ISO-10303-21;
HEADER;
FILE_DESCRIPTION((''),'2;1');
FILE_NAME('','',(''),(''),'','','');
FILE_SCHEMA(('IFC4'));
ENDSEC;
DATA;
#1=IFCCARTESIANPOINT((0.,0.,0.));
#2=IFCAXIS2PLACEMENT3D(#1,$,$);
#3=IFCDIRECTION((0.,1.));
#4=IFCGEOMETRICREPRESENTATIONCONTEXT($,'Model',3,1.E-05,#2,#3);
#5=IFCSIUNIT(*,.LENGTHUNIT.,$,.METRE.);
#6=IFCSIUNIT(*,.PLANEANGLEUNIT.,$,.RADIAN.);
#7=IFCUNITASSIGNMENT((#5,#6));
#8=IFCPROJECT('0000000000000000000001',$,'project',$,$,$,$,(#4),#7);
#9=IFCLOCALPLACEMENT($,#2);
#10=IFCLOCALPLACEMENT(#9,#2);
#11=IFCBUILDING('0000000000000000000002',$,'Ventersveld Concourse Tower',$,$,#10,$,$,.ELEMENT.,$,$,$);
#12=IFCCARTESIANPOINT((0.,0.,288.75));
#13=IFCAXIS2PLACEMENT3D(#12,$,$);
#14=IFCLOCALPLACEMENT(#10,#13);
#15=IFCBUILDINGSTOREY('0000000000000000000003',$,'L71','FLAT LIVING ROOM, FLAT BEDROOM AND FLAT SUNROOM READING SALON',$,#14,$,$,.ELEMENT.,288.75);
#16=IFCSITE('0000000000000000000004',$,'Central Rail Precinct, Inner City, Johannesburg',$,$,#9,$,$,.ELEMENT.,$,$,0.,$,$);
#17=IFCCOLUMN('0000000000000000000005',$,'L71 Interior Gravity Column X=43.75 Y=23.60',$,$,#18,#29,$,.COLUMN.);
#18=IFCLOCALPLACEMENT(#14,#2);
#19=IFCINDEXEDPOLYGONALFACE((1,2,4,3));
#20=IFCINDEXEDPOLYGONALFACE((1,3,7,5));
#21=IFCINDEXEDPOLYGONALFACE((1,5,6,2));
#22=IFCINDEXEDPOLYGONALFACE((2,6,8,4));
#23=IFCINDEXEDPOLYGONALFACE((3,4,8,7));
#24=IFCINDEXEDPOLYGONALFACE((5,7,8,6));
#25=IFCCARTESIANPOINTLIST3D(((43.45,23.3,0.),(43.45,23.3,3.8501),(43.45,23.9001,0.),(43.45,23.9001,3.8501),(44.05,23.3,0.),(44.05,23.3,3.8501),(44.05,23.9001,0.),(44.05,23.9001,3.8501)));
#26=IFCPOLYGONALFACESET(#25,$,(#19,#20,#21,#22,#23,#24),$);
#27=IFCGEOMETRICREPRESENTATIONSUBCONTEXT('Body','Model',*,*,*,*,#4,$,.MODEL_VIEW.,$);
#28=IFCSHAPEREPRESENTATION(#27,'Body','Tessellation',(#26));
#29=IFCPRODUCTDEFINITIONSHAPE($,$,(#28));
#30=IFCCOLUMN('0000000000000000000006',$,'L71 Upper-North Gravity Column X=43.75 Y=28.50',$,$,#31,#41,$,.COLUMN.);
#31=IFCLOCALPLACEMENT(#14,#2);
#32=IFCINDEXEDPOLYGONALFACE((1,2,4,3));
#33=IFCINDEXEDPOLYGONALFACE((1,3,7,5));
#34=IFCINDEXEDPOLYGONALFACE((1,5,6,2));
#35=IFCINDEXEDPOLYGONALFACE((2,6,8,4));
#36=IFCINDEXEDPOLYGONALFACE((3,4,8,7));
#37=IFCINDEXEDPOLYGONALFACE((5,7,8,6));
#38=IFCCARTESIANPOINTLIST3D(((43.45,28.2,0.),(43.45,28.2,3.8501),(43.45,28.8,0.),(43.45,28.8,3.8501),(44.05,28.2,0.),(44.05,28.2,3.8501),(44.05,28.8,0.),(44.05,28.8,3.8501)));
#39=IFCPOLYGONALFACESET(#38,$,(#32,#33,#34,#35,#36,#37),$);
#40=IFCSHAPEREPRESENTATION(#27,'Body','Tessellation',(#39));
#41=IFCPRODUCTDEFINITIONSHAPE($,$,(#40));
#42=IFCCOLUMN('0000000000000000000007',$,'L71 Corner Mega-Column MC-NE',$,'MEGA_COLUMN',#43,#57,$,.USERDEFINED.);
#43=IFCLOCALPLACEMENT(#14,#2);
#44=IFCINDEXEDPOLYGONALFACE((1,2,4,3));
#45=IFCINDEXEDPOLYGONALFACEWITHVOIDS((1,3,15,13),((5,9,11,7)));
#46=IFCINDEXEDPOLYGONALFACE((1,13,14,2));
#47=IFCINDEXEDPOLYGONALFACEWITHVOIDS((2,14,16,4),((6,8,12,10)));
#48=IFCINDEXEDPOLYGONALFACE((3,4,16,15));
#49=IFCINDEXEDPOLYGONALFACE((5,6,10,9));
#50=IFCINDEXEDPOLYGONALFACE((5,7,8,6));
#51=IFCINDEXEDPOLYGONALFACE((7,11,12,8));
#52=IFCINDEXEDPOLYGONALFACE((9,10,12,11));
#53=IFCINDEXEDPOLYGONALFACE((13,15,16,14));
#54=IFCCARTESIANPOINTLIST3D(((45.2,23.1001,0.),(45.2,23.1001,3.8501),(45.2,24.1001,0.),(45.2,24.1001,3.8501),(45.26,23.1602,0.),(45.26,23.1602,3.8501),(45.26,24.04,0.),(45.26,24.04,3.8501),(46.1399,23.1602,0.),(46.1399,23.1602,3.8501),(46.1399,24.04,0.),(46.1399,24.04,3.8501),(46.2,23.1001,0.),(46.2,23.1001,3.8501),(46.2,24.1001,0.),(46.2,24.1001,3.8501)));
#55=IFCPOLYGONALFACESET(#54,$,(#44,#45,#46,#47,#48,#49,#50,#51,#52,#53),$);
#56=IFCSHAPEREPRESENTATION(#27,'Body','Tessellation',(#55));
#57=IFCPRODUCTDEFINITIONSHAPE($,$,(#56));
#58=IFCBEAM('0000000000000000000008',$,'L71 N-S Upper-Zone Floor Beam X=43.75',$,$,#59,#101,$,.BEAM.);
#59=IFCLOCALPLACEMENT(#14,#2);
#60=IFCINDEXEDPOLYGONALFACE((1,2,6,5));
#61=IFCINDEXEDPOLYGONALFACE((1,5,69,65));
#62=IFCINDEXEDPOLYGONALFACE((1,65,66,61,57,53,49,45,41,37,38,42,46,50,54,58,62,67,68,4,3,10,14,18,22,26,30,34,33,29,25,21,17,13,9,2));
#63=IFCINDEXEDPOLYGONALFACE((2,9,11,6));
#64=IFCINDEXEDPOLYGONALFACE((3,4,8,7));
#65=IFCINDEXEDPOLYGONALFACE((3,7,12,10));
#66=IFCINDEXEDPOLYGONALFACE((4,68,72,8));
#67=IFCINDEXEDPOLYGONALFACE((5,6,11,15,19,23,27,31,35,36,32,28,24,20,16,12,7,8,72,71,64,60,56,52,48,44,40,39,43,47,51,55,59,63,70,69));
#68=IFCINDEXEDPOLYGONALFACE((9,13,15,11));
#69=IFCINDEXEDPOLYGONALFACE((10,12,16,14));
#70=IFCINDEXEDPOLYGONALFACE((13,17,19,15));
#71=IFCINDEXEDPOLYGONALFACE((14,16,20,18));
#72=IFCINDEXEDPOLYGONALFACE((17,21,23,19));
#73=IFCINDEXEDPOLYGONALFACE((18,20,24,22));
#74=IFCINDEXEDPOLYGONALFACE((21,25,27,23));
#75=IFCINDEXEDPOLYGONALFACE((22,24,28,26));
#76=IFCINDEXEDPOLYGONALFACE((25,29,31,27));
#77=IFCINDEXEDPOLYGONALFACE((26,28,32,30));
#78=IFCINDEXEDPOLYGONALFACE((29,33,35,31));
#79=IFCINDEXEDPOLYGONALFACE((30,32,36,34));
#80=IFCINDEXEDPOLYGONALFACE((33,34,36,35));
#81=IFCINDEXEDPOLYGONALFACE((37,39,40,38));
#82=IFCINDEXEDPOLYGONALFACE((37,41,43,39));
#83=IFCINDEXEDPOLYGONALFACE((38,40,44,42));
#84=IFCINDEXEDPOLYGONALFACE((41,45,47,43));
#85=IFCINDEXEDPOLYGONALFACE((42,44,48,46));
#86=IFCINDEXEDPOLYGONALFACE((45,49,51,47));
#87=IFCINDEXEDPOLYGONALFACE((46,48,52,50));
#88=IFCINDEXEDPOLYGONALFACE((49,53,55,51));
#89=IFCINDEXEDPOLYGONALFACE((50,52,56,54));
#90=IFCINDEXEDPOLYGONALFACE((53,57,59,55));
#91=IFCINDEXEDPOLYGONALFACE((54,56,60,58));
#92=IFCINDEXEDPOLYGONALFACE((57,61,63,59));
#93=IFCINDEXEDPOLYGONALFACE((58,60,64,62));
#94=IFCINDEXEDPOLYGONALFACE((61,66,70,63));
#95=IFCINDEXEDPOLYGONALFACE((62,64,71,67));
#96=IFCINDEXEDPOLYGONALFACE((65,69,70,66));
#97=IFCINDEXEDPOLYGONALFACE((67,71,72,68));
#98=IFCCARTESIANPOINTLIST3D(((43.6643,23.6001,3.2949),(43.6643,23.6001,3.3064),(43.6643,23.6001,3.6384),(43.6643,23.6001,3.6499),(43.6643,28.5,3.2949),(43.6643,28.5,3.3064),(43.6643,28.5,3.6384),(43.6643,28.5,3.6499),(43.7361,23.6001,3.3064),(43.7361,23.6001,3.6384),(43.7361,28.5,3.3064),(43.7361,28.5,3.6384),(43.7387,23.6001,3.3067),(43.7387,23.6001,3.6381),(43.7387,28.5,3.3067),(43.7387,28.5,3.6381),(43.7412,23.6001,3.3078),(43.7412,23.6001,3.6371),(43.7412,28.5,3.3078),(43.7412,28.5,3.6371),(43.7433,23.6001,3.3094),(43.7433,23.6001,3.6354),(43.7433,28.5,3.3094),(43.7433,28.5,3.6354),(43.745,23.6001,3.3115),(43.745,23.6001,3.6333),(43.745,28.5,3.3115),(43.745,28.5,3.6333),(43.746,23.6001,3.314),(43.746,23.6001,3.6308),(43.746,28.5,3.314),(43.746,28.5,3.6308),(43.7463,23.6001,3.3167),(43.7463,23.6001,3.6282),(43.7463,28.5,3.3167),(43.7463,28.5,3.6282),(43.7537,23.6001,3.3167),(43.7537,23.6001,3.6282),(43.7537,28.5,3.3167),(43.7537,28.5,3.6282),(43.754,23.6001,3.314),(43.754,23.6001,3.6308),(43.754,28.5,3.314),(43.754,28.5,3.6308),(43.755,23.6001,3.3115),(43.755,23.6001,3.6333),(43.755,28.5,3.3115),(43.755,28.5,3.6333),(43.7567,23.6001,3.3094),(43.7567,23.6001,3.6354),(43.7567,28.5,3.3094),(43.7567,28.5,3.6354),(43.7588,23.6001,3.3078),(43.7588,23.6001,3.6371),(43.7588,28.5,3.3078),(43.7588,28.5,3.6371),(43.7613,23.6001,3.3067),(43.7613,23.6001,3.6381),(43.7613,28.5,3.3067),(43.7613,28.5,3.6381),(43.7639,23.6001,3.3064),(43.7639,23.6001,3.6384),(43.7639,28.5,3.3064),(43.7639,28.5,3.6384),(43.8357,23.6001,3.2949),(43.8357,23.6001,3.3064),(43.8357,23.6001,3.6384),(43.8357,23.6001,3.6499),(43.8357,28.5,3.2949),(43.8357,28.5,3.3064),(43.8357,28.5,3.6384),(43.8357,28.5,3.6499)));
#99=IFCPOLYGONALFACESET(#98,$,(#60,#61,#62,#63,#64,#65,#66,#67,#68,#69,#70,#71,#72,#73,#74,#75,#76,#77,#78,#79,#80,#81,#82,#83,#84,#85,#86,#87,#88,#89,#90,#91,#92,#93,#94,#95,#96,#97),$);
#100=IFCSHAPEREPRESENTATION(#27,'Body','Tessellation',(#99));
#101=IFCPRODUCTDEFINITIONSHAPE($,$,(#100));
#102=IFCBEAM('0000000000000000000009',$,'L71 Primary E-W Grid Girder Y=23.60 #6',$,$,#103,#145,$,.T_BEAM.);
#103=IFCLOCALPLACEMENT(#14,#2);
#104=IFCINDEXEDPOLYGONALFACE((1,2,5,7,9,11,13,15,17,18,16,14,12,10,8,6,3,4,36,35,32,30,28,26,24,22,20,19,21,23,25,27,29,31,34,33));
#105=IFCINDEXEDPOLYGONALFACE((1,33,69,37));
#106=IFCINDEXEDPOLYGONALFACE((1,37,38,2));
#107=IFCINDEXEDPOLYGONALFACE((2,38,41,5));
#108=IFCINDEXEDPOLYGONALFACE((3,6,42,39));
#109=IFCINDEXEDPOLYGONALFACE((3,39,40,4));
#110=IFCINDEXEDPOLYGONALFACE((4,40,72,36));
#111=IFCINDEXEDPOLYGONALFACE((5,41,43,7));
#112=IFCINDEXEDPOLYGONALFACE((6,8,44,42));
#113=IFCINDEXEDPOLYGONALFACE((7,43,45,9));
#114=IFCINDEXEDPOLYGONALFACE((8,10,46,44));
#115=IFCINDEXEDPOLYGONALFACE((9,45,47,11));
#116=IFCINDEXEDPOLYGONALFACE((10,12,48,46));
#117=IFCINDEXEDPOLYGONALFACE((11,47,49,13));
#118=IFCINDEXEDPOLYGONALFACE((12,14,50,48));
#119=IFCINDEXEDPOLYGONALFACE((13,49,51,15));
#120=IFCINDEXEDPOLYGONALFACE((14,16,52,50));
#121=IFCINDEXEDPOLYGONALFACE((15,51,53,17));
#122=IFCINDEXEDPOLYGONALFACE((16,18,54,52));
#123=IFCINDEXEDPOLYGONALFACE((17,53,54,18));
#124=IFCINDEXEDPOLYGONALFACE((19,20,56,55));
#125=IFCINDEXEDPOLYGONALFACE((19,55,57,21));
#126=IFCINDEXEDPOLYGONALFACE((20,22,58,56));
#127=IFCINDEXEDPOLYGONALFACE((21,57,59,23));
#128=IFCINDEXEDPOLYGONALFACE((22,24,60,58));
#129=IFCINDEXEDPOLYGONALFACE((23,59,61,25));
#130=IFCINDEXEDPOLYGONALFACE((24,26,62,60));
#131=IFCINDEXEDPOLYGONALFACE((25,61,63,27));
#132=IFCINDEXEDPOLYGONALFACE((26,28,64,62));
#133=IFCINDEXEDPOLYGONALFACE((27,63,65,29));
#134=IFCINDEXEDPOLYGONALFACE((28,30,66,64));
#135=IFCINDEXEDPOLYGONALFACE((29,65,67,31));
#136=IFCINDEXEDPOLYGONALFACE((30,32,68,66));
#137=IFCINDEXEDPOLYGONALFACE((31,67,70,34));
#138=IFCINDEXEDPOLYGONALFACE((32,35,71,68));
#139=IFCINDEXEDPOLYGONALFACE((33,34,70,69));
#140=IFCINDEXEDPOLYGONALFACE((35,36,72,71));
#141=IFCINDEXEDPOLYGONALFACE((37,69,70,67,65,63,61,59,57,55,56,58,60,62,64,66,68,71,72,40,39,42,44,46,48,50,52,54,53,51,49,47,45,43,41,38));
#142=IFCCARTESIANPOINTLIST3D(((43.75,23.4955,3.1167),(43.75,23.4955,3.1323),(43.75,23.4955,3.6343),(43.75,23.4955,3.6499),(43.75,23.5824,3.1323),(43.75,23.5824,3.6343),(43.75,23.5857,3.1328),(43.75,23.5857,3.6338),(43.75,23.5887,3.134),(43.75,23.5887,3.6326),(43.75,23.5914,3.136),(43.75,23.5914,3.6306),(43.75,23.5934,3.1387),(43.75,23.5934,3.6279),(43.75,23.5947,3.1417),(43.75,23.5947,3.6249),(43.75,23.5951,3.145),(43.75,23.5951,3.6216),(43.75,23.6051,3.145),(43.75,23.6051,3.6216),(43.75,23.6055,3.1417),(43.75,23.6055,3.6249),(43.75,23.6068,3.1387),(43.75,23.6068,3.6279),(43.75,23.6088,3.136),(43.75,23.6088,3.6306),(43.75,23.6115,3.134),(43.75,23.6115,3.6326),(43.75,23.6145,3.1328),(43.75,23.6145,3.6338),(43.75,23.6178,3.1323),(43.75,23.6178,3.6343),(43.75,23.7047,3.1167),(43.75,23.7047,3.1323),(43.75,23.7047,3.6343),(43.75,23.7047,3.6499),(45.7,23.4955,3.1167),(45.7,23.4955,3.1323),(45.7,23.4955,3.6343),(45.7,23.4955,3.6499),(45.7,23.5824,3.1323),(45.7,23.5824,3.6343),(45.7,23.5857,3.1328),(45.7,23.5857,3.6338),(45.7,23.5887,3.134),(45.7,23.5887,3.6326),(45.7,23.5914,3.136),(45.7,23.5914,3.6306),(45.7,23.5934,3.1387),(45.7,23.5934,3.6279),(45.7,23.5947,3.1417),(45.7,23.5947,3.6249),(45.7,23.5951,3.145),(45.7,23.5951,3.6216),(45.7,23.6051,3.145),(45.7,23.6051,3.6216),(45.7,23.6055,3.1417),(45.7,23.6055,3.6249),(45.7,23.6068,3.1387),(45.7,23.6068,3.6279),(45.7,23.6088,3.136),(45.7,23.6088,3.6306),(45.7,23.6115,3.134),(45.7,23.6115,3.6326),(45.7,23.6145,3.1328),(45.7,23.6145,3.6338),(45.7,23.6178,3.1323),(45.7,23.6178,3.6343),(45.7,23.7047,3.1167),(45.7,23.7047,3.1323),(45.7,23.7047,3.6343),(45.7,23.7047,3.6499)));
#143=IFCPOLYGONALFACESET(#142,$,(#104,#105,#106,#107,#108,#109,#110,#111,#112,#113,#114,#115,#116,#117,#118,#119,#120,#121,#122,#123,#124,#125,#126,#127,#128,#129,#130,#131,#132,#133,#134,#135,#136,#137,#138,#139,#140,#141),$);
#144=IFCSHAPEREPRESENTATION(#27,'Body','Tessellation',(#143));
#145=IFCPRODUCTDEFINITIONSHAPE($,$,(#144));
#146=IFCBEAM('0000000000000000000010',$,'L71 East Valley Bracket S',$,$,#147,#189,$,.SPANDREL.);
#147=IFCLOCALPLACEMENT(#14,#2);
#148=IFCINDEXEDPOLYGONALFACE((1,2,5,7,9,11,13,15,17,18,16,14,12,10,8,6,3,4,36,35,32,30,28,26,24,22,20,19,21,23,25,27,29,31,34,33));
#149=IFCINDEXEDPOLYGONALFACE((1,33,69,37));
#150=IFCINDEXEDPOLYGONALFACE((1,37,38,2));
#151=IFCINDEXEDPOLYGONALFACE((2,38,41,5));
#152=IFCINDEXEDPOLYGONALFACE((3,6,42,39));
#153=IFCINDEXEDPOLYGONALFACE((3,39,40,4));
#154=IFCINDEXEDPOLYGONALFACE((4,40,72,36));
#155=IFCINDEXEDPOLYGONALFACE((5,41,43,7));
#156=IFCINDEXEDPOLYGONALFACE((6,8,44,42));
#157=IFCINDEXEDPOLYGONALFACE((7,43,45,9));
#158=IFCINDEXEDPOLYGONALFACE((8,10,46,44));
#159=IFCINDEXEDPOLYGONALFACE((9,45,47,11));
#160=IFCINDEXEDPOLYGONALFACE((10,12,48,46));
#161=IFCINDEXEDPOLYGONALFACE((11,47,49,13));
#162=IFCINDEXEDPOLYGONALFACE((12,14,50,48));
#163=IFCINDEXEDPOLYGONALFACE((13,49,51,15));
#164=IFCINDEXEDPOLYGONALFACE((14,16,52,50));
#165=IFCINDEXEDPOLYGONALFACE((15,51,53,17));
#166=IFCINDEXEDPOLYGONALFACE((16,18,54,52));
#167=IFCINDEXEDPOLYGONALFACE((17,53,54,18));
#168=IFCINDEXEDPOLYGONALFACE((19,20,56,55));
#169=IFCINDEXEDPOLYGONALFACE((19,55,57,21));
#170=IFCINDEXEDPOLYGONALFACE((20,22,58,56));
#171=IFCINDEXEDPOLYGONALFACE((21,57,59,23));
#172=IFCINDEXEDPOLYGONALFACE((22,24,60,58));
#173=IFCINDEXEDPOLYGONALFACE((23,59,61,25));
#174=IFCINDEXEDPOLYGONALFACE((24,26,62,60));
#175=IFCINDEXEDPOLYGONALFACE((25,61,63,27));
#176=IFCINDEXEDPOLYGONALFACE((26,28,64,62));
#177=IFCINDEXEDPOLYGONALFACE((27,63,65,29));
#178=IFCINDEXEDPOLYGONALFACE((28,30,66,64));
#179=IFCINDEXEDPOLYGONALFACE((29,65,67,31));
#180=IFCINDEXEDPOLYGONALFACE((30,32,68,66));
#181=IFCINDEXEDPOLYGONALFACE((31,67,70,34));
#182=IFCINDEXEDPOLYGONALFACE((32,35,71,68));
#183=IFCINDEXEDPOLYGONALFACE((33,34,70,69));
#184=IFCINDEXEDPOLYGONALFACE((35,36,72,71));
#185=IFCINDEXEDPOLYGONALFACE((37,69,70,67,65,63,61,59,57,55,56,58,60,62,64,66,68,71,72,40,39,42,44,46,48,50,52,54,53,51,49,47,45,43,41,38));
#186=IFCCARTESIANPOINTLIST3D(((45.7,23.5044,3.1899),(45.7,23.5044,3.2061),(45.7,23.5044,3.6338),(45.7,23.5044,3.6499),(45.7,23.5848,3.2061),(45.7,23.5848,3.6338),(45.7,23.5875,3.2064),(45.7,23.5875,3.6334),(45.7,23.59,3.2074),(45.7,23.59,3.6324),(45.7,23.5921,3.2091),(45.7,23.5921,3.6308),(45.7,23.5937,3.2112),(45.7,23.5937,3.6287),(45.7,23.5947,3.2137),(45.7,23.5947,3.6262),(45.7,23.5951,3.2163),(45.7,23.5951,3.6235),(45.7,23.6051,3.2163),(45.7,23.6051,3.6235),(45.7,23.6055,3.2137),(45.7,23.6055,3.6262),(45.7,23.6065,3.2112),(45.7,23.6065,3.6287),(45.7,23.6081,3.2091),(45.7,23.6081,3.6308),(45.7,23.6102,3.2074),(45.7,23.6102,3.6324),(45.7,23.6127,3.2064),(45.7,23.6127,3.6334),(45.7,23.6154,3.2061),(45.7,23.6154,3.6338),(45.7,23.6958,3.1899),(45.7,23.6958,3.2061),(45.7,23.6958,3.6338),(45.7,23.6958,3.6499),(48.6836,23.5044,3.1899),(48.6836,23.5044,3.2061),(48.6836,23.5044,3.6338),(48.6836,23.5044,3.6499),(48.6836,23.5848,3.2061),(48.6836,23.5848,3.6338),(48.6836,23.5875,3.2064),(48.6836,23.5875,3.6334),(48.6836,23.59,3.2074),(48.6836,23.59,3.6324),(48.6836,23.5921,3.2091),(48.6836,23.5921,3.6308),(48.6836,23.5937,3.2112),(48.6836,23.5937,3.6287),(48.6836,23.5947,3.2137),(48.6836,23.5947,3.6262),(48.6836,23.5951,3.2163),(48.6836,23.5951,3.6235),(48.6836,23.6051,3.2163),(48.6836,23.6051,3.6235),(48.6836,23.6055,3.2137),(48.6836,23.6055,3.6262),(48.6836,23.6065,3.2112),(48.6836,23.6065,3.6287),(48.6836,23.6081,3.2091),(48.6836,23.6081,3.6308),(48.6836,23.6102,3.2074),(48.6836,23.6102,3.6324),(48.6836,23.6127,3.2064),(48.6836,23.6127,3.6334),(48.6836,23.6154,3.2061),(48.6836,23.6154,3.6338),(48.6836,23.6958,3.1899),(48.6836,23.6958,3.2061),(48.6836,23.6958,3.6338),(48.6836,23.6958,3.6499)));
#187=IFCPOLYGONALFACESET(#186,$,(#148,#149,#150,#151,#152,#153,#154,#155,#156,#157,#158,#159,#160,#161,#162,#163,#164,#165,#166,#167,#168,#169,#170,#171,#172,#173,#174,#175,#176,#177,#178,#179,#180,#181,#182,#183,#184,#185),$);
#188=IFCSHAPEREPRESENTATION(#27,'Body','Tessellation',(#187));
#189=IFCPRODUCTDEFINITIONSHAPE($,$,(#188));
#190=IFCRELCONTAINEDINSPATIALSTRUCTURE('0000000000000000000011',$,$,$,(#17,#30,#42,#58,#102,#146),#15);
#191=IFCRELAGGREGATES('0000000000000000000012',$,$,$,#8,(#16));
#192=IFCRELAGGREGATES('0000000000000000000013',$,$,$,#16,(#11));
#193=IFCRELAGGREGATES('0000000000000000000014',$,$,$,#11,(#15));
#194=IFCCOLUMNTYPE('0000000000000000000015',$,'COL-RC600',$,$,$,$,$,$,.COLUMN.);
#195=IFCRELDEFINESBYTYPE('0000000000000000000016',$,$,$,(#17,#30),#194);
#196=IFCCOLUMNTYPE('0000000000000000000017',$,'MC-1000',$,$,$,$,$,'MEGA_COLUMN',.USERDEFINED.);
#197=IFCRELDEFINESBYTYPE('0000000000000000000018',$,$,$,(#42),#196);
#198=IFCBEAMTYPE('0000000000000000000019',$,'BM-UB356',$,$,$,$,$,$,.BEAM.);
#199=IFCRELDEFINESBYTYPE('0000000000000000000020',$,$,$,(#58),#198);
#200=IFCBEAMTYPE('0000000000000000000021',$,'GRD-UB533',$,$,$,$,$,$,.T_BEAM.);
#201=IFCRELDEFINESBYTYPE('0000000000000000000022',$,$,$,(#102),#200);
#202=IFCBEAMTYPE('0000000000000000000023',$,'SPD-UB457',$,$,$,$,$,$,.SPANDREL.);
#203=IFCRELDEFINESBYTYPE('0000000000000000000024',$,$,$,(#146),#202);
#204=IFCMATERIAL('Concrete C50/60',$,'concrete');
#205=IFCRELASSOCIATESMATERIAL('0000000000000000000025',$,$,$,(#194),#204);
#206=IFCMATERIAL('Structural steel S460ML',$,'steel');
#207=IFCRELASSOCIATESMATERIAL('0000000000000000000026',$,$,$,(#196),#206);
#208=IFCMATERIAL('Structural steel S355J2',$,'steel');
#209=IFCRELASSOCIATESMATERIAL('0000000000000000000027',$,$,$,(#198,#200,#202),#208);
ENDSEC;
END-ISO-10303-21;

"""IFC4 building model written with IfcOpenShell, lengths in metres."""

from ifc_helpers import new_model, si_unit, direction, frame, origin, origin_2d, place, context, subcontext, project, spatial, rectangle, hollow_rectangle, i_section, extrude, material, material_profile, profile_set, type_object, element, save


model = new_model("IFC4")

# Units and contexts
model_context = context("Model", 3, precision=1e-05, world=origin(), true_north=direction((0.0, 1.0)))
body_context = subcontext(model_context, "Body", "Model", "MODEL_VIEW")
ifc_project = project(units=[si_unit("LENGTHUNIT", "METRE"), si_unit("PLANEANGLEUNIT", "RADIAN")], contexts=[model_context])

# Site, building, storey
site_placement = place(None, origin())
site = spatial("IfcSite", under=ifc_project, at=site_placement, Name="Central Rail Precinct, Inner City, Johannesburg", CompositionType="ELEMENT", RefElevation=0.0)
building_placement = place(site_placement, origin())
building = spatial("IfcBuilding", under=site, at=building_placement, Name="Ventersveld Concourse Tower", CompositionType="ELEMENT")
storey_placement = place(building_placement, frame((0.0, 0.0, 288.75)))
storey = spatial("IfcBuildingStorey", under=building, at=storey_placement, Name="L71", Description="FLAT LIVING ROOM, FLAT BEDROOM AND FLAT SUNROOM READING SALON", CompositionType="ELEMENT", Elevation=288.75)

# Columns
ifc_material_1 = material(Name="Concrete C50/60", Category="concrete")
ifc_material_profile_1 = material_profile(ifc_material_1, rectangle(XDim=0.6001, YDim=0.6001, at=origin_2d()), Name="RC 600x600")
ifc_profile_set_1 = profile_set([ifc_material_profile_1], Name="Concrete C50/60")
column_type_1 = type_object("IfcColumnType", Name="COL-RC600", PredefinedType="COLUMN", material=ifc_profile_set_1)
for number, where, z_axis, x_axis, name in (
    (1, (43.75, 23.6001, 0.0), (0.0, 0.0, 1.0), (1.0, 0.0, 0.0), "L71 Interior Gravity Column X=43.75 Y=23.60"),
    (2, (43.75, 28.5, 0.0), (0.0, 0.0, 1.0), (1.0, 0.0, 0.0), "L71 Upper-North Gravity Column X=43.75 Y=28.50"),
):
    element("IfcColumn", number, at=place(storey_placement, frame(where, z_axis=z_axis, x_axis=x_axis)), inside=storey, type_object=column_type_1, Name=name, PredefinedType="COLUMN", context=body_context, shape_type="SweptSolid", body=[
        extrude(rectangle(XDim=0.6001, YDim=0.6001, at=origin_2d()), origin(), (0.0, 0.0, 1.0), 3.8501),
    ])
ifc_material_2 = material(Name="Structural steel S460ML", Category="steel")
ifc_material_profile_2 = material_profile(ifc_material_2, hollow_rectangle(XDim=1.0, YDim=1.0, WallThickness=0.0601, at=origin_2d()), Name="BOX 1000x1000x60")
ifc_profile_set_2 = profile_set([ifc_material_profile_2], Name="Structural steel S460ML")
column_type_2 = type_object("IfcColumnType", Name="MC-1000", ElementType="MEGA_COLUMN", PredefinedType="USERDEFINED", material=ifc_profile_set_2)
column_placement = place(storey_placement, frame((45.7, 23.6001, 0.0), z_axis=(0.0, 0.0, 1.0), x_axis=(1.0, 0.0, 0.0)))
element("IfcColumn", 3, at=column_placement, inside=storey, type_object=column_type_2, Name="L71 Corner Mega-Column MC-NE", ObjectType="MEGA_COLUMN", PredefinedType="USERDEFINED", context=body_context, shape_type="SweptSolid", body=[
    extrude(hollow_rectangle(XDim=1.0, YDim=1.0, WallThickness=0.0601, at=origin_2d()), origin(), (0.0, 0.0, 1.0), 3.8501),
])

# Beams
ifc_material_3 = material(Name="Structural steel S355J2", Category="steel")
ifc_material_profile_3 = material_profile(ifc_material_3, i_section(OverallWidth=0.1714, OverallDepth=0.355, WebThickness=0.0073, FlangeThickness=0.0115, FilletRadius=0.0103, at=origin_2d()), Name="UB 356x171x51")
ifc_profile_set_3 = profile_set([ifc_material_profile_3], Name="Structural steel S355J2")
beam_type_1 = type_object("IfcBeamType", Name="BM-UB356", PredefinedType="BEAM", material=ifc_profile_set_3)
beam_1_placement = place(storey_placement, frame((43.75, 23.6001, 3.4724), z_axis=(0.0, 1.0, 0.0), x_axis=(-1.0, 0.0, 0.0)))
element("IfcBeam", 4, at=beam_1_placement, inside=storey, type_object=beam_type_1, Name="L71 N-S Upper-Zone Floor Beam X=43.75", PredefinedType="BEAM", context=body_context, shape_type="SweptSolid", body=[
    extrude(i_section(OverallWidth=0.1714, OverallDepth=0.355, WebThickness=0.0073, FlangeThickness=0.0115, FilletRadius=0.0103, at=origin_2d()), origin(), (0.0, 0.0, 1.0), 4.8999),
])
ifc_material_profile_4 = material_profile(ifc_material_3, i_section(OverallWidth=0.2092, OverallDepth=0.5332, WebThickness=0.01, FlangeThickness=0.0156, FilletRadius=0.0127, at=origin_2d()), Name="UB 533x210x92")
ifc_profile_set_4 = profile_set([ifc_material_profile_4], Name="Structural steel S355J2")
beam_type_2 = type_object("IfcBeamType", Name="GRD-UB533", PredefinedType="T_BEAM", material=ifc_profile_set_4)
beam_2_placement = place(storey_placement, frame((43.75, 23.6001, 3.3833), z_axis=(1.0, 0.0, 0.0), x_axis=(0.0, 1.0, 0.0)))
element("IfcBeam", 5, at=beam_2_placement, inside=storey, type_object=beam_type_2, Name="L71 Primary E-W Grid Girder Y=23.60 #6", PredefinedType="T_BEAM", context=body_context, shape_type="SweptSolid", body=[
    extrude(i_section(OverallWidth=0.2092, OverallDepth=0.5332, WebThickness=0.01, FlangeThickness=0.0156, FilletRadius=0.0127, at=origin_2d()), origin(), (0.0, 0.0, 1.0), 1.95),
])
ifc_material_profile_5 = material_profile(ifc_material_3, i_section(OverallWidth=0.1914, OverallDepth=0.46, WebThickness=0.01, FlangeThickness=0.0161, FilletRadius=0.0103, at=origin_2d()), Name="UB 457x191x82")
ifc_profile_set_5 = profile_set([ifc_material_profile_5], Name="Structural steel S355J2")
beam_type_3 = type_object("IfcBeamType", Name="SPD-UB457", PredefinedType="SPANDREL", material=ifc_profile_set_5)
beam_3_placement = place(storey_placement, frame((45.7, 23.6001, 3.4199), z_axis=(1.0, 0.0, 0.0), x_axis=(0.0, 1.0, 0.0)))
element("IfcBeam", 6, at=beam_3_placement, inside=storey, type_object=beam_type_3, Name="L71 East Valley Bracket S", PredefinedType="SPANDREL", context=body_context, shape_type="SweptSolid", body=[
    extrude(i_section(OverallWidth=0.1914, OverallDepth=0.46, WebThickness=0.01, FlangeThickness=0.0161, FilletRadius=0.0103, at=origin_2d()), origin(), (0.0, 0.0, 1.0), 2.9836),
])

save(model, "model.ifc")
